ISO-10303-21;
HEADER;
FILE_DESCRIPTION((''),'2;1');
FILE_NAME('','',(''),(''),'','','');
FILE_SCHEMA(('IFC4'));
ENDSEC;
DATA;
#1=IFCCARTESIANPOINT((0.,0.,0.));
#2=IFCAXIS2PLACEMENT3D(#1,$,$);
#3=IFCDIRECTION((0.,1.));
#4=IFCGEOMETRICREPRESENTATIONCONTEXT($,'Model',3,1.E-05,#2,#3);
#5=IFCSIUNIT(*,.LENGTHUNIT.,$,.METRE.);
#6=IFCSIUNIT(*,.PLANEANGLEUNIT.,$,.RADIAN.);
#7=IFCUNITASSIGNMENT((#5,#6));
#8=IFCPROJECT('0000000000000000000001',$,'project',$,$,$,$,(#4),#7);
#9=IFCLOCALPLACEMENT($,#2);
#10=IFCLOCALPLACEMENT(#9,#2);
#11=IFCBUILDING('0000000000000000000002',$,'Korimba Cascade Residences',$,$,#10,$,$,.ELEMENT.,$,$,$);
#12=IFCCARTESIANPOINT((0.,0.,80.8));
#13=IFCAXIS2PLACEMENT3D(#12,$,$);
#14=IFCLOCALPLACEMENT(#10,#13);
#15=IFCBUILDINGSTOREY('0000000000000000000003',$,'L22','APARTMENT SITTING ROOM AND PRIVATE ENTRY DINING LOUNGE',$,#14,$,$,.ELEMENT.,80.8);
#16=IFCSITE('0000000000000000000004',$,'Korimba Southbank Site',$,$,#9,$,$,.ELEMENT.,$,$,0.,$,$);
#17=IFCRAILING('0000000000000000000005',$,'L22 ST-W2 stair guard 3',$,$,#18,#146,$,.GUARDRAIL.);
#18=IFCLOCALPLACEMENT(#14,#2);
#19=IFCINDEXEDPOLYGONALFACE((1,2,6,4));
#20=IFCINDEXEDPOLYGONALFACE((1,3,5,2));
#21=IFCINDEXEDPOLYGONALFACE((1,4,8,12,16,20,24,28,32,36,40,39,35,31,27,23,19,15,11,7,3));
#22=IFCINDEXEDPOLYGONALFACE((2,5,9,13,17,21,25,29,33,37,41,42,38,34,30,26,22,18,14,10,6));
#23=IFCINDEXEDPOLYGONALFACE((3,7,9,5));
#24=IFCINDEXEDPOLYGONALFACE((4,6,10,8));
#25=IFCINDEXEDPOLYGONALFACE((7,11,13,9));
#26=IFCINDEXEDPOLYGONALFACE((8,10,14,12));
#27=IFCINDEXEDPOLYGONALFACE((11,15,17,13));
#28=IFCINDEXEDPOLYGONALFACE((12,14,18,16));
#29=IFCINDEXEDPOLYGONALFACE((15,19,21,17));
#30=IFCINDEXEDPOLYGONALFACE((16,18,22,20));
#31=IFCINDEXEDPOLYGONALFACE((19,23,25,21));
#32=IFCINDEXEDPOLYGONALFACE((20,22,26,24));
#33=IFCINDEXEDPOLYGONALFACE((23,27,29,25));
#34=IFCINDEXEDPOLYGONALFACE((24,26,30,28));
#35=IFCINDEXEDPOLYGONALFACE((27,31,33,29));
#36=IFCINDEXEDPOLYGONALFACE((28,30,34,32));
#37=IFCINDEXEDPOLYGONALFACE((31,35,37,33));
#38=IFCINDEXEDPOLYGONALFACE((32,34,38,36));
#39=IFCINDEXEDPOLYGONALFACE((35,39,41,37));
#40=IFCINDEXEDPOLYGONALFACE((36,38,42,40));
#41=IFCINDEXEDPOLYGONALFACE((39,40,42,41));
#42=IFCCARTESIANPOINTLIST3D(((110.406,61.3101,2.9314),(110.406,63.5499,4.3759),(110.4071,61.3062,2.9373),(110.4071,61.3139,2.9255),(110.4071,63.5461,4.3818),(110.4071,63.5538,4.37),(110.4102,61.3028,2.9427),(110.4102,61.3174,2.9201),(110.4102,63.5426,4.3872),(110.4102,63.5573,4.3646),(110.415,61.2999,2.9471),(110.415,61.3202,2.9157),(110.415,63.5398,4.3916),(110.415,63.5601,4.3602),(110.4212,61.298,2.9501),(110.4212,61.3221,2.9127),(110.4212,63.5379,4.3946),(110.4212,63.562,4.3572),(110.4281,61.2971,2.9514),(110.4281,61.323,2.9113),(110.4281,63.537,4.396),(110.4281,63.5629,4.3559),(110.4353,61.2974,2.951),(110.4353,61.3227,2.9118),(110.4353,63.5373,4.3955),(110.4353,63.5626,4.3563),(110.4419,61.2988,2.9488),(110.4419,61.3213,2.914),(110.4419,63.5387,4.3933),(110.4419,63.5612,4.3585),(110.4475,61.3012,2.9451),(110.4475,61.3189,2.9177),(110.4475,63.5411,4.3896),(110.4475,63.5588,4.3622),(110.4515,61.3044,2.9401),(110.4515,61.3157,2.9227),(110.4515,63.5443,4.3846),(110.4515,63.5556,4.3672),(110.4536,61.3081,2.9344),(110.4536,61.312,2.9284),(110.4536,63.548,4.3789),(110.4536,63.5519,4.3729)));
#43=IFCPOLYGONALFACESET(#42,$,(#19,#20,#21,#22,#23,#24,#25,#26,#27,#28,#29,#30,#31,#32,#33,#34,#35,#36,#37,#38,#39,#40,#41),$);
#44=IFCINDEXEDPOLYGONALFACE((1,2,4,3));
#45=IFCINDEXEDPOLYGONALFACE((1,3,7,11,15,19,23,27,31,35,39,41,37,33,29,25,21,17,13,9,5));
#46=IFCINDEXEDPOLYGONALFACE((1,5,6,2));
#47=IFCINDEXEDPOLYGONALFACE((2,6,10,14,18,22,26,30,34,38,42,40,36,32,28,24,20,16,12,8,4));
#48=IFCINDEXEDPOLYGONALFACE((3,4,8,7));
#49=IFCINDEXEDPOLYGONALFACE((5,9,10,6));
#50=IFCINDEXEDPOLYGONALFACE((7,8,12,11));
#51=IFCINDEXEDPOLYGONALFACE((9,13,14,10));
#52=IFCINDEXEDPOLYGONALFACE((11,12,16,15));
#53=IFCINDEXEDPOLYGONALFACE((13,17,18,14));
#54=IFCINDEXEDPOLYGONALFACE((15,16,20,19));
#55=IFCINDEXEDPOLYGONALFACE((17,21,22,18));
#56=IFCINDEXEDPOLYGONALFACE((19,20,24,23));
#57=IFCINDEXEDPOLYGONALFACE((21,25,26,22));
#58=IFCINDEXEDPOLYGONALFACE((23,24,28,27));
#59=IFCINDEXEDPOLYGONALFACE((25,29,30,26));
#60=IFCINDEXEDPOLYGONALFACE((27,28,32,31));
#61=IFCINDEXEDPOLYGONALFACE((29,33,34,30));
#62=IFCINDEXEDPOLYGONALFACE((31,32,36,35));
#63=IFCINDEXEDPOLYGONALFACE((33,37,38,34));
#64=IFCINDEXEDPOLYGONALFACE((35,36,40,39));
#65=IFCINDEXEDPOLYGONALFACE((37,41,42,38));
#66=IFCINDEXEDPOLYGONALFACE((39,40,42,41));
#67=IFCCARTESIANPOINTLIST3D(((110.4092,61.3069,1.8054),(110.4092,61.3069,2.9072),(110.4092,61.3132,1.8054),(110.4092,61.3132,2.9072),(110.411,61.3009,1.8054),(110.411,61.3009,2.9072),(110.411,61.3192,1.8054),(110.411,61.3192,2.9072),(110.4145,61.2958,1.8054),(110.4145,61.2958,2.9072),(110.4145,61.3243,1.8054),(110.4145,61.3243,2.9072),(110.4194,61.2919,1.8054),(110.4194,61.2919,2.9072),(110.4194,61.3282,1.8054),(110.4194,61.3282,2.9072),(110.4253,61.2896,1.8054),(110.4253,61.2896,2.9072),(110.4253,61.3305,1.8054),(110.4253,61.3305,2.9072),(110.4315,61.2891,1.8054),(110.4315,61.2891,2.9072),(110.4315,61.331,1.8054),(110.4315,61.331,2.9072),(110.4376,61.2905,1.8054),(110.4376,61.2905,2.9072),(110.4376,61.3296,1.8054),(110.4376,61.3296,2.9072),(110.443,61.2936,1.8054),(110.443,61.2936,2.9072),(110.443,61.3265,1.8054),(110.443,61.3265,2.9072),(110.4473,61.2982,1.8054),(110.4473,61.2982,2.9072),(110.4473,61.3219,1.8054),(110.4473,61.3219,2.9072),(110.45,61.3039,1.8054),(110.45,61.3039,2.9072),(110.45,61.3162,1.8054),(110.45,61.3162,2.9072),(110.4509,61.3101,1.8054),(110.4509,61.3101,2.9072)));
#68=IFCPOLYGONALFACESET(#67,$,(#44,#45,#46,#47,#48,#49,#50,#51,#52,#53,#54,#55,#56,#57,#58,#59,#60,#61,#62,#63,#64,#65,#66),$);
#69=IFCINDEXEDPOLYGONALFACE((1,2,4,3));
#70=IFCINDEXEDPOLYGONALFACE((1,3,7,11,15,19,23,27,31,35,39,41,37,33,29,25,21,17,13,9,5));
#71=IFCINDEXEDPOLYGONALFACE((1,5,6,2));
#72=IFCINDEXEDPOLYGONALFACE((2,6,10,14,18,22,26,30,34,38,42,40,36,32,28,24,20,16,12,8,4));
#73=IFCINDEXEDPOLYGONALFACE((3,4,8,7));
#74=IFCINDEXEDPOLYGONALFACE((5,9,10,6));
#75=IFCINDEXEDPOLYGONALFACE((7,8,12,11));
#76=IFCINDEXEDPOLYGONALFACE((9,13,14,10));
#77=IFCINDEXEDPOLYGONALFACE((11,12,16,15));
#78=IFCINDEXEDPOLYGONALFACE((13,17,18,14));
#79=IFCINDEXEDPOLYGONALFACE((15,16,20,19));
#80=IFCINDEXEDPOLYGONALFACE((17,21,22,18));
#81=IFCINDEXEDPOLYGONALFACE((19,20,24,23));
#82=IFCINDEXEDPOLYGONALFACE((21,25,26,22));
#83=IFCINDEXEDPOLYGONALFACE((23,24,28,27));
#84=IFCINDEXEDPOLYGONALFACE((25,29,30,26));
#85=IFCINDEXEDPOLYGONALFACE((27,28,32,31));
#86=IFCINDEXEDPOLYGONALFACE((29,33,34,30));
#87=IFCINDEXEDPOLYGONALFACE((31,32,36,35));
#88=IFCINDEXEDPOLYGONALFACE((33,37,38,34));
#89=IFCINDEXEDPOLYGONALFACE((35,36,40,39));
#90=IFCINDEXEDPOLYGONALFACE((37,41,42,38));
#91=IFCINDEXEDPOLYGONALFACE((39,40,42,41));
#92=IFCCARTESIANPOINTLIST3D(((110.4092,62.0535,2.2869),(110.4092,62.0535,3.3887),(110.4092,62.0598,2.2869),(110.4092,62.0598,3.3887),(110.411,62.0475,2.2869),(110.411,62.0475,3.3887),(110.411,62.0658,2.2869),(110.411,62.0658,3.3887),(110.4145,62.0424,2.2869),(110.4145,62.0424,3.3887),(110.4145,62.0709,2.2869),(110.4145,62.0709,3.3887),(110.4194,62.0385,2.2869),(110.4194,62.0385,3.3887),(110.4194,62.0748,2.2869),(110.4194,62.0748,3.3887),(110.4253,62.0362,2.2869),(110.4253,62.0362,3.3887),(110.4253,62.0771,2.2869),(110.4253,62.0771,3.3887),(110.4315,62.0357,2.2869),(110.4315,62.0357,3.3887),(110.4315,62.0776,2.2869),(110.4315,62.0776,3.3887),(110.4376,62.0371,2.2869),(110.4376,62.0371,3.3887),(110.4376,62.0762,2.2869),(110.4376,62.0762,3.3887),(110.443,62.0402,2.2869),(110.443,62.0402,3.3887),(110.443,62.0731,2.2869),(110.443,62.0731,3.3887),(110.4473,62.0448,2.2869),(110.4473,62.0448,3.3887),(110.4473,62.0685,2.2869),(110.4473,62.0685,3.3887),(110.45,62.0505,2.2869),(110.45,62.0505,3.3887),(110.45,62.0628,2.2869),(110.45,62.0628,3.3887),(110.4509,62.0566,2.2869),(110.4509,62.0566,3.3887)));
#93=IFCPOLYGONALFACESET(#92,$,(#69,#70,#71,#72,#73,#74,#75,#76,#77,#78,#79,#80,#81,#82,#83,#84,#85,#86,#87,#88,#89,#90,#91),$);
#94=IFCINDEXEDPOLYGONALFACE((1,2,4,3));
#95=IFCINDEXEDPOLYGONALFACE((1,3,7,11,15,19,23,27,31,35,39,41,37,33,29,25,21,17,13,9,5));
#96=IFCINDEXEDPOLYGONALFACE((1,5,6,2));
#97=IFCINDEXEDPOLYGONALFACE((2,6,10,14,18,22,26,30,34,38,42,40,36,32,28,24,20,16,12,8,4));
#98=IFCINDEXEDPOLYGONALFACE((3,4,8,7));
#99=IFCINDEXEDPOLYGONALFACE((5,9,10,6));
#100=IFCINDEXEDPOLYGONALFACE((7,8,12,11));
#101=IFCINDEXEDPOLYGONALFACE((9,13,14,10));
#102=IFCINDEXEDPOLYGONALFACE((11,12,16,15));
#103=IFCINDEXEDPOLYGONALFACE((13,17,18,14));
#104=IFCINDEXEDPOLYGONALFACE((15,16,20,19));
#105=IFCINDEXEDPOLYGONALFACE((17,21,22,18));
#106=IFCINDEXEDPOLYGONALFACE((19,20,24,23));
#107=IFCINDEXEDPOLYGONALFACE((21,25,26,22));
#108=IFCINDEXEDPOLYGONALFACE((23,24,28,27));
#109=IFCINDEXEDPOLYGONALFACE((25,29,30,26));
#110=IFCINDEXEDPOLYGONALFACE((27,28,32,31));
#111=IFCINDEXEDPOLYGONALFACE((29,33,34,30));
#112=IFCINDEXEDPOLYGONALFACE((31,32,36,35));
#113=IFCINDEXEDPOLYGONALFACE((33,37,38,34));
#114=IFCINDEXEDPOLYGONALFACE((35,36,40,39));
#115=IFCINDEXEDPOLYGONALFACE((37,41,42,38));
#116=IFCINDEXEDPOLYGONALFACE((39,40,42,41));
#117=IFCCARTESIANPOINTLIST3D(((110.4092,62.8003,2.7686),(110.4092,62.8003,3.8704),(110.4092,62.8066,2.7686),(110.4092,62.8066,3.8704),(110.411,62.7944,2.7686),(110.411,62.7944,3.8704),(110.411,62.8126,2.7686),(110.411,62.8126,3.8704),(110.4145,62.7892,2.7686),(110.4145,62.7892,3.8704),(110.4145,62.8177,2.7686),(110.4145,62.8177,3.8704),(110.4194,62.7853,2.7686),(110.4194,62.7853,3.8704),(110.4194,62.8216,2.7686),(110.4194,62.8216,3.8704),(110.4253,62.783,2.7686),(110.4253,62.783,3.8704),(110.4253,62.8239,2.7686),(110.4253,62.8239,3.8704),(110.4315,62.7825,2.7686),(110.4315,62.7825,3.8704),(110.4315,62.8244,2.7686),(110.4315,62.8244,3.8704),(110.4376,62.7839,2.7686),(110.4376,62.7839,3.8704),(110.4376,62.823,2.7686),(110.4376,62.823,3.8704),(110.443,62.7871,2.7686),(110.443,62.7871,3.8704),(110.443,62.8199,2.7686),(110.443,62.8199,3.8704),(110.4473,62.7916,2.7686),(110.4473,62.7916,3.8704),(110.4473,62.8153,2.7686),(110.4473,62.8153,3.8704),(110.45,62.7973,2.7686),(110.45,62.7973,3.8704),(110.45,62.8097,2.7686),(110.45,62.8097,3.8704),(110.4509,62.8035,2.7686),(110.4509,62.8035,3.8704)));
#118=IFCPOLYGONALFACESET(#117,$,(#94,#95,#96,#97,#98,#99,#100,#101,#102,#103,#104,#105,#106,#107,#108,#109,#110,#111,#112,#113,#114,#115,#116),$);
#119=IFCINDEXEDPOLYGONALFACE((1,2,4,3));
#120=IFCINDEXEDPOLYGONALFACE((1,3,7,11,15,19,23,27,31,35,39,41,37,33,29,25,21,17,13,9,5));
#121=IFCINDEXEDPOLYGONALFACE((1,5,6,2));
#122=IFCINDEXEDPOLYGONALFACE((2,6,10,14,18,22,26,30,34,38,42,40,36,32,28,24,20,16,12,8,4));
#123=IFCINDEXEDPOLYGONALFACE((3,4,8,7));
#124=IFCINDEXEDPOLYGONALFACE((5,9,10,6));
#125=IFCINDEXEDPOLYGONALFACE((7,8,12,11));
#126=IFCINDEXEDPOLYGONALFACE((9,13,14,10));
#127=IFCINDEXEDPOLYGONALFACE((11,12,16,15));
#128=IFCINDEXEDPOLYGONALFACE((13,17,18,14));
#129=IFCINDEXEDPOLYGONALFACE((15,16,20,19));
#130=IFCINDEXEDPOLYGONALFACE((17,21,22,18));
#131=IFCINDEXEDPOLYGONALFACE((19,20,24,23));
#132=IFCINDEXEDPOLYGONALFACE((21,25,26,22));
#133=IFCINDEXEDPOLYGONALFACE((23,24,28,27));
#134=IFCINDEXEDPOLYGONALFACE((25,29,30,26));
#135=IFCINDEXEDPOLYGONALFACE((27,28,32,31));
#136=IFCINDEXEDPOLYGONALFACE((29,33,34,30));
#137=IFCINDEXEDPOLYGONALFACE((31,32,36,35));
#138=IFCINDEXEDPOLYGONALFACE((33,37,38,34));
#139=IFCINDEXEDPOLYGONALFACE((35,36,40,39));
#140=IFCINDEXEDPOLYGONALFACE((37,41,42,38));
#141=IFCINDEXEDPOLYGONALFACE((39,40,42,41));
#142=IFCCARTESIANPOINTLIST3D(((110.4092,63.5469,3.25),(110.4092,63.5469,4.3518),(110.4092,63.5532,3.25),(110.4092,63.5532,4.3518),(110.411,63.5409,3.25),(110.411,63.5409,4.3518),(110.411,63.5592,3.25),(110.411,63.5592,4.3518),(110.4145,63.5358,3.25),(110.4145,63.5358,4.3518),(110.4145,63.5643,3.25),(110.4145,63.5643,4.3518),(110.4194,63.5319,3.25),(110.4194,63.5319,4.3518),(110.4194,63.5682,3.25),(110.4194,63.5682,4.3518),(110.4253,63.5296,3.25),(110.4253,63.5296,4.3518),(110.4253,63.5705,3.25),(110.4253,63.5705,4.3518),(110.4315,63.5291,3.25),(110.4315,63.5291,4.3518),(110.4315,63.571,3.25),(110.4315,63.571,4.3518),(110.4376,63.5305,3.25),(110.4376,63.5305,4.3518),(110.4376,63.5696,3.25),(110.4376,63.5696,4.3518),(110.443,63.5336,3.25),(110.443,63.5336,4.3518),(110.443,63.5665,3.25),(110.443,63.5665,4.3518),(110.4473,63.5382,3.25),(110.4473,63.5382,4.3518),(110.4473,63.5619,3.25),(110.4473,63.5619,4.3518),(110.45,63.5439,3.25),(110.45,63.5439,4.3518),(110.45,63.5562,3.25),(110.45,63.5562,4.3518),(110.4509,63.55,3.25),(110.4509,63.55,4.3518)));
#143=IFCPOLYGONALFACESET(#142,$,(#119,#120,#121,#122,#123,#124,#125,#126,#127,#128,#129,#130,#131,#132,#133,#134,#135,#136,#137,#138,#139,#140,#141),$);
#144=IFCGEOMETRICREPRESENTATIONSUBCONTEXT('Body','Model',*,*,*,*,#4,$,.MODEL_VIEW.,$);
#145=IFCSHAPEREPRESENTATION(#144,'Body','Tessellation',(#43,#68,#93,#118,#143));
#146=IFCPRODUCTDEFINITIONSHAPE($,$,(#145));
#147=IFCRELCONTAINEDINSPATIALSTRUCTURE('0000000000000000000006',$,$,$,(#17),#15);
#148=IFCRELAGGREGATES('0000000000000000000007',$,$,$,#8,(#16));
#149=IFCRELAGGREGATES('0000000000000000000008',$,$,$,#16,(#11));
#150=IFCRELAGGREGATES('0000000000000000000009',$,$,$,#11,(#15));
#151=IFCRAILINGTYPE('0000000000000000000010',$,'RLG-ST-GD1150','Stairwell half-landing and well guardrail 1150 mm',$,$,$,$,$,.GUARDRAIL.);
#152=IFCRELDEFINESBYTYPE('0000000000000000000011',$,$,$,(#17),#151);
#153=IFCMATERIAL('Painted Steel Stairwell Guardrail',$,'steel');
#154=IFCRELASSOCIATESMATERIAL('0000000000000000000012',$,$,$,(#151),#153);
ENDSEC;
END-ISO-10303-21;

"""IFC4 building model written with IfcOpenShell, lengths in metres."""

from ifc_helpers import new_model, si_unit, direction, frame, origin, origin_2d, place, context, subcontext, project, spatial, circle, extrude, material, type_object, element, save


model = new_model("IFC4")

# Units and contexts
model_context = context("Model", 3, precision=1e-05, world=origin(), true_north=direction((0.0, 1.0)))
body_context = subcontext(model_context, "Body", "Model", "MODEL_VIEW")
ifc_project = project(units=[si_unit("LENGTHUNIT", "METRE"), si_unit("PLANEANGLEUNIT", "RADIAN")], contexts=[model_context])

# Site, building, storey
site_placement = place(None, origin())
site = spatial("IfcSite", under=ifc_project, at=site_placement, Name="Korimba Southbank Site", CompositionType="ELEMENT", RefElevation=0.0)
building_placement = place(site_placement, origin())
building = spatial("IfcBuilding", under=site, at=building_placement, Name="Korimba Cascade Residences", CompositionType="ELEMENT")
storey_placement = place(building_placement, frame((0.0, 0.0, 80.8)))
storey = spatial("IfcBuildingStorey", under=building, at=storey_placement, Name="L22", Description="APARTMENT SITTING ROOM AND PRIVATE ENTRY DINING LOUNGE", CompositionType="ELEMENT", Elevation=80.8)

# Railing
ifc_material_1 = material(Name="Painted Steel Stairwell Guardrail", Category="steel")
railing_type_1 = type_object("IfcRailingType", Name="RLG-ST-GD1150", Description="Stairwell half-landing and well guardrail 1150 mm", PredefinedType="GUARDRAIL", material=ifc_material_1)
railing_1_placement = place(storey_placement, frame((110.4299, 61.3101, 1.8054)))
element("IfcRailing", 1, at=railing_1_placement, inside=storey, type_object=railing_type_1, Name="L22 ST-W2 stair guard 3", PredefinedType="GUARDRAIL", context=body_context, shape_type="SweptSolid", body=[
    extrude(circle(Radius=0.0239, at=origin_2d()), frame((0.0, 0.0, 1.126), z_axis=(0.0, 0.840395, 0.541975), x_axis=(-1.0, 0.0, 0.0)), (0.0, 0.0, 1.0), 2.6653),
    extrude(circle(Radius=0.021, at=origin_2d()), origin(), (0.0, 0.0, 1.0), 1.1018),
    extrude(circle(Radius=0.021, at=origin_2d()), frame((0.0, 0.7466, 0.4814)), (0.0, 0.0, 1.0), 1.1018),
    extrude(circle(Radius=0.021, at=origin_2d()), frame((0.0, 1.4934, 0.9631)), (0.0, 0.0, 1.0), 1.1018),
    extrude(circle(Radius=0.021, at=origin_2d()), frame((0.0, 2.24, 1.4446)), (0.0, 0.0, 1.0), 1.1018),
])

save(model, "model.ifc")
